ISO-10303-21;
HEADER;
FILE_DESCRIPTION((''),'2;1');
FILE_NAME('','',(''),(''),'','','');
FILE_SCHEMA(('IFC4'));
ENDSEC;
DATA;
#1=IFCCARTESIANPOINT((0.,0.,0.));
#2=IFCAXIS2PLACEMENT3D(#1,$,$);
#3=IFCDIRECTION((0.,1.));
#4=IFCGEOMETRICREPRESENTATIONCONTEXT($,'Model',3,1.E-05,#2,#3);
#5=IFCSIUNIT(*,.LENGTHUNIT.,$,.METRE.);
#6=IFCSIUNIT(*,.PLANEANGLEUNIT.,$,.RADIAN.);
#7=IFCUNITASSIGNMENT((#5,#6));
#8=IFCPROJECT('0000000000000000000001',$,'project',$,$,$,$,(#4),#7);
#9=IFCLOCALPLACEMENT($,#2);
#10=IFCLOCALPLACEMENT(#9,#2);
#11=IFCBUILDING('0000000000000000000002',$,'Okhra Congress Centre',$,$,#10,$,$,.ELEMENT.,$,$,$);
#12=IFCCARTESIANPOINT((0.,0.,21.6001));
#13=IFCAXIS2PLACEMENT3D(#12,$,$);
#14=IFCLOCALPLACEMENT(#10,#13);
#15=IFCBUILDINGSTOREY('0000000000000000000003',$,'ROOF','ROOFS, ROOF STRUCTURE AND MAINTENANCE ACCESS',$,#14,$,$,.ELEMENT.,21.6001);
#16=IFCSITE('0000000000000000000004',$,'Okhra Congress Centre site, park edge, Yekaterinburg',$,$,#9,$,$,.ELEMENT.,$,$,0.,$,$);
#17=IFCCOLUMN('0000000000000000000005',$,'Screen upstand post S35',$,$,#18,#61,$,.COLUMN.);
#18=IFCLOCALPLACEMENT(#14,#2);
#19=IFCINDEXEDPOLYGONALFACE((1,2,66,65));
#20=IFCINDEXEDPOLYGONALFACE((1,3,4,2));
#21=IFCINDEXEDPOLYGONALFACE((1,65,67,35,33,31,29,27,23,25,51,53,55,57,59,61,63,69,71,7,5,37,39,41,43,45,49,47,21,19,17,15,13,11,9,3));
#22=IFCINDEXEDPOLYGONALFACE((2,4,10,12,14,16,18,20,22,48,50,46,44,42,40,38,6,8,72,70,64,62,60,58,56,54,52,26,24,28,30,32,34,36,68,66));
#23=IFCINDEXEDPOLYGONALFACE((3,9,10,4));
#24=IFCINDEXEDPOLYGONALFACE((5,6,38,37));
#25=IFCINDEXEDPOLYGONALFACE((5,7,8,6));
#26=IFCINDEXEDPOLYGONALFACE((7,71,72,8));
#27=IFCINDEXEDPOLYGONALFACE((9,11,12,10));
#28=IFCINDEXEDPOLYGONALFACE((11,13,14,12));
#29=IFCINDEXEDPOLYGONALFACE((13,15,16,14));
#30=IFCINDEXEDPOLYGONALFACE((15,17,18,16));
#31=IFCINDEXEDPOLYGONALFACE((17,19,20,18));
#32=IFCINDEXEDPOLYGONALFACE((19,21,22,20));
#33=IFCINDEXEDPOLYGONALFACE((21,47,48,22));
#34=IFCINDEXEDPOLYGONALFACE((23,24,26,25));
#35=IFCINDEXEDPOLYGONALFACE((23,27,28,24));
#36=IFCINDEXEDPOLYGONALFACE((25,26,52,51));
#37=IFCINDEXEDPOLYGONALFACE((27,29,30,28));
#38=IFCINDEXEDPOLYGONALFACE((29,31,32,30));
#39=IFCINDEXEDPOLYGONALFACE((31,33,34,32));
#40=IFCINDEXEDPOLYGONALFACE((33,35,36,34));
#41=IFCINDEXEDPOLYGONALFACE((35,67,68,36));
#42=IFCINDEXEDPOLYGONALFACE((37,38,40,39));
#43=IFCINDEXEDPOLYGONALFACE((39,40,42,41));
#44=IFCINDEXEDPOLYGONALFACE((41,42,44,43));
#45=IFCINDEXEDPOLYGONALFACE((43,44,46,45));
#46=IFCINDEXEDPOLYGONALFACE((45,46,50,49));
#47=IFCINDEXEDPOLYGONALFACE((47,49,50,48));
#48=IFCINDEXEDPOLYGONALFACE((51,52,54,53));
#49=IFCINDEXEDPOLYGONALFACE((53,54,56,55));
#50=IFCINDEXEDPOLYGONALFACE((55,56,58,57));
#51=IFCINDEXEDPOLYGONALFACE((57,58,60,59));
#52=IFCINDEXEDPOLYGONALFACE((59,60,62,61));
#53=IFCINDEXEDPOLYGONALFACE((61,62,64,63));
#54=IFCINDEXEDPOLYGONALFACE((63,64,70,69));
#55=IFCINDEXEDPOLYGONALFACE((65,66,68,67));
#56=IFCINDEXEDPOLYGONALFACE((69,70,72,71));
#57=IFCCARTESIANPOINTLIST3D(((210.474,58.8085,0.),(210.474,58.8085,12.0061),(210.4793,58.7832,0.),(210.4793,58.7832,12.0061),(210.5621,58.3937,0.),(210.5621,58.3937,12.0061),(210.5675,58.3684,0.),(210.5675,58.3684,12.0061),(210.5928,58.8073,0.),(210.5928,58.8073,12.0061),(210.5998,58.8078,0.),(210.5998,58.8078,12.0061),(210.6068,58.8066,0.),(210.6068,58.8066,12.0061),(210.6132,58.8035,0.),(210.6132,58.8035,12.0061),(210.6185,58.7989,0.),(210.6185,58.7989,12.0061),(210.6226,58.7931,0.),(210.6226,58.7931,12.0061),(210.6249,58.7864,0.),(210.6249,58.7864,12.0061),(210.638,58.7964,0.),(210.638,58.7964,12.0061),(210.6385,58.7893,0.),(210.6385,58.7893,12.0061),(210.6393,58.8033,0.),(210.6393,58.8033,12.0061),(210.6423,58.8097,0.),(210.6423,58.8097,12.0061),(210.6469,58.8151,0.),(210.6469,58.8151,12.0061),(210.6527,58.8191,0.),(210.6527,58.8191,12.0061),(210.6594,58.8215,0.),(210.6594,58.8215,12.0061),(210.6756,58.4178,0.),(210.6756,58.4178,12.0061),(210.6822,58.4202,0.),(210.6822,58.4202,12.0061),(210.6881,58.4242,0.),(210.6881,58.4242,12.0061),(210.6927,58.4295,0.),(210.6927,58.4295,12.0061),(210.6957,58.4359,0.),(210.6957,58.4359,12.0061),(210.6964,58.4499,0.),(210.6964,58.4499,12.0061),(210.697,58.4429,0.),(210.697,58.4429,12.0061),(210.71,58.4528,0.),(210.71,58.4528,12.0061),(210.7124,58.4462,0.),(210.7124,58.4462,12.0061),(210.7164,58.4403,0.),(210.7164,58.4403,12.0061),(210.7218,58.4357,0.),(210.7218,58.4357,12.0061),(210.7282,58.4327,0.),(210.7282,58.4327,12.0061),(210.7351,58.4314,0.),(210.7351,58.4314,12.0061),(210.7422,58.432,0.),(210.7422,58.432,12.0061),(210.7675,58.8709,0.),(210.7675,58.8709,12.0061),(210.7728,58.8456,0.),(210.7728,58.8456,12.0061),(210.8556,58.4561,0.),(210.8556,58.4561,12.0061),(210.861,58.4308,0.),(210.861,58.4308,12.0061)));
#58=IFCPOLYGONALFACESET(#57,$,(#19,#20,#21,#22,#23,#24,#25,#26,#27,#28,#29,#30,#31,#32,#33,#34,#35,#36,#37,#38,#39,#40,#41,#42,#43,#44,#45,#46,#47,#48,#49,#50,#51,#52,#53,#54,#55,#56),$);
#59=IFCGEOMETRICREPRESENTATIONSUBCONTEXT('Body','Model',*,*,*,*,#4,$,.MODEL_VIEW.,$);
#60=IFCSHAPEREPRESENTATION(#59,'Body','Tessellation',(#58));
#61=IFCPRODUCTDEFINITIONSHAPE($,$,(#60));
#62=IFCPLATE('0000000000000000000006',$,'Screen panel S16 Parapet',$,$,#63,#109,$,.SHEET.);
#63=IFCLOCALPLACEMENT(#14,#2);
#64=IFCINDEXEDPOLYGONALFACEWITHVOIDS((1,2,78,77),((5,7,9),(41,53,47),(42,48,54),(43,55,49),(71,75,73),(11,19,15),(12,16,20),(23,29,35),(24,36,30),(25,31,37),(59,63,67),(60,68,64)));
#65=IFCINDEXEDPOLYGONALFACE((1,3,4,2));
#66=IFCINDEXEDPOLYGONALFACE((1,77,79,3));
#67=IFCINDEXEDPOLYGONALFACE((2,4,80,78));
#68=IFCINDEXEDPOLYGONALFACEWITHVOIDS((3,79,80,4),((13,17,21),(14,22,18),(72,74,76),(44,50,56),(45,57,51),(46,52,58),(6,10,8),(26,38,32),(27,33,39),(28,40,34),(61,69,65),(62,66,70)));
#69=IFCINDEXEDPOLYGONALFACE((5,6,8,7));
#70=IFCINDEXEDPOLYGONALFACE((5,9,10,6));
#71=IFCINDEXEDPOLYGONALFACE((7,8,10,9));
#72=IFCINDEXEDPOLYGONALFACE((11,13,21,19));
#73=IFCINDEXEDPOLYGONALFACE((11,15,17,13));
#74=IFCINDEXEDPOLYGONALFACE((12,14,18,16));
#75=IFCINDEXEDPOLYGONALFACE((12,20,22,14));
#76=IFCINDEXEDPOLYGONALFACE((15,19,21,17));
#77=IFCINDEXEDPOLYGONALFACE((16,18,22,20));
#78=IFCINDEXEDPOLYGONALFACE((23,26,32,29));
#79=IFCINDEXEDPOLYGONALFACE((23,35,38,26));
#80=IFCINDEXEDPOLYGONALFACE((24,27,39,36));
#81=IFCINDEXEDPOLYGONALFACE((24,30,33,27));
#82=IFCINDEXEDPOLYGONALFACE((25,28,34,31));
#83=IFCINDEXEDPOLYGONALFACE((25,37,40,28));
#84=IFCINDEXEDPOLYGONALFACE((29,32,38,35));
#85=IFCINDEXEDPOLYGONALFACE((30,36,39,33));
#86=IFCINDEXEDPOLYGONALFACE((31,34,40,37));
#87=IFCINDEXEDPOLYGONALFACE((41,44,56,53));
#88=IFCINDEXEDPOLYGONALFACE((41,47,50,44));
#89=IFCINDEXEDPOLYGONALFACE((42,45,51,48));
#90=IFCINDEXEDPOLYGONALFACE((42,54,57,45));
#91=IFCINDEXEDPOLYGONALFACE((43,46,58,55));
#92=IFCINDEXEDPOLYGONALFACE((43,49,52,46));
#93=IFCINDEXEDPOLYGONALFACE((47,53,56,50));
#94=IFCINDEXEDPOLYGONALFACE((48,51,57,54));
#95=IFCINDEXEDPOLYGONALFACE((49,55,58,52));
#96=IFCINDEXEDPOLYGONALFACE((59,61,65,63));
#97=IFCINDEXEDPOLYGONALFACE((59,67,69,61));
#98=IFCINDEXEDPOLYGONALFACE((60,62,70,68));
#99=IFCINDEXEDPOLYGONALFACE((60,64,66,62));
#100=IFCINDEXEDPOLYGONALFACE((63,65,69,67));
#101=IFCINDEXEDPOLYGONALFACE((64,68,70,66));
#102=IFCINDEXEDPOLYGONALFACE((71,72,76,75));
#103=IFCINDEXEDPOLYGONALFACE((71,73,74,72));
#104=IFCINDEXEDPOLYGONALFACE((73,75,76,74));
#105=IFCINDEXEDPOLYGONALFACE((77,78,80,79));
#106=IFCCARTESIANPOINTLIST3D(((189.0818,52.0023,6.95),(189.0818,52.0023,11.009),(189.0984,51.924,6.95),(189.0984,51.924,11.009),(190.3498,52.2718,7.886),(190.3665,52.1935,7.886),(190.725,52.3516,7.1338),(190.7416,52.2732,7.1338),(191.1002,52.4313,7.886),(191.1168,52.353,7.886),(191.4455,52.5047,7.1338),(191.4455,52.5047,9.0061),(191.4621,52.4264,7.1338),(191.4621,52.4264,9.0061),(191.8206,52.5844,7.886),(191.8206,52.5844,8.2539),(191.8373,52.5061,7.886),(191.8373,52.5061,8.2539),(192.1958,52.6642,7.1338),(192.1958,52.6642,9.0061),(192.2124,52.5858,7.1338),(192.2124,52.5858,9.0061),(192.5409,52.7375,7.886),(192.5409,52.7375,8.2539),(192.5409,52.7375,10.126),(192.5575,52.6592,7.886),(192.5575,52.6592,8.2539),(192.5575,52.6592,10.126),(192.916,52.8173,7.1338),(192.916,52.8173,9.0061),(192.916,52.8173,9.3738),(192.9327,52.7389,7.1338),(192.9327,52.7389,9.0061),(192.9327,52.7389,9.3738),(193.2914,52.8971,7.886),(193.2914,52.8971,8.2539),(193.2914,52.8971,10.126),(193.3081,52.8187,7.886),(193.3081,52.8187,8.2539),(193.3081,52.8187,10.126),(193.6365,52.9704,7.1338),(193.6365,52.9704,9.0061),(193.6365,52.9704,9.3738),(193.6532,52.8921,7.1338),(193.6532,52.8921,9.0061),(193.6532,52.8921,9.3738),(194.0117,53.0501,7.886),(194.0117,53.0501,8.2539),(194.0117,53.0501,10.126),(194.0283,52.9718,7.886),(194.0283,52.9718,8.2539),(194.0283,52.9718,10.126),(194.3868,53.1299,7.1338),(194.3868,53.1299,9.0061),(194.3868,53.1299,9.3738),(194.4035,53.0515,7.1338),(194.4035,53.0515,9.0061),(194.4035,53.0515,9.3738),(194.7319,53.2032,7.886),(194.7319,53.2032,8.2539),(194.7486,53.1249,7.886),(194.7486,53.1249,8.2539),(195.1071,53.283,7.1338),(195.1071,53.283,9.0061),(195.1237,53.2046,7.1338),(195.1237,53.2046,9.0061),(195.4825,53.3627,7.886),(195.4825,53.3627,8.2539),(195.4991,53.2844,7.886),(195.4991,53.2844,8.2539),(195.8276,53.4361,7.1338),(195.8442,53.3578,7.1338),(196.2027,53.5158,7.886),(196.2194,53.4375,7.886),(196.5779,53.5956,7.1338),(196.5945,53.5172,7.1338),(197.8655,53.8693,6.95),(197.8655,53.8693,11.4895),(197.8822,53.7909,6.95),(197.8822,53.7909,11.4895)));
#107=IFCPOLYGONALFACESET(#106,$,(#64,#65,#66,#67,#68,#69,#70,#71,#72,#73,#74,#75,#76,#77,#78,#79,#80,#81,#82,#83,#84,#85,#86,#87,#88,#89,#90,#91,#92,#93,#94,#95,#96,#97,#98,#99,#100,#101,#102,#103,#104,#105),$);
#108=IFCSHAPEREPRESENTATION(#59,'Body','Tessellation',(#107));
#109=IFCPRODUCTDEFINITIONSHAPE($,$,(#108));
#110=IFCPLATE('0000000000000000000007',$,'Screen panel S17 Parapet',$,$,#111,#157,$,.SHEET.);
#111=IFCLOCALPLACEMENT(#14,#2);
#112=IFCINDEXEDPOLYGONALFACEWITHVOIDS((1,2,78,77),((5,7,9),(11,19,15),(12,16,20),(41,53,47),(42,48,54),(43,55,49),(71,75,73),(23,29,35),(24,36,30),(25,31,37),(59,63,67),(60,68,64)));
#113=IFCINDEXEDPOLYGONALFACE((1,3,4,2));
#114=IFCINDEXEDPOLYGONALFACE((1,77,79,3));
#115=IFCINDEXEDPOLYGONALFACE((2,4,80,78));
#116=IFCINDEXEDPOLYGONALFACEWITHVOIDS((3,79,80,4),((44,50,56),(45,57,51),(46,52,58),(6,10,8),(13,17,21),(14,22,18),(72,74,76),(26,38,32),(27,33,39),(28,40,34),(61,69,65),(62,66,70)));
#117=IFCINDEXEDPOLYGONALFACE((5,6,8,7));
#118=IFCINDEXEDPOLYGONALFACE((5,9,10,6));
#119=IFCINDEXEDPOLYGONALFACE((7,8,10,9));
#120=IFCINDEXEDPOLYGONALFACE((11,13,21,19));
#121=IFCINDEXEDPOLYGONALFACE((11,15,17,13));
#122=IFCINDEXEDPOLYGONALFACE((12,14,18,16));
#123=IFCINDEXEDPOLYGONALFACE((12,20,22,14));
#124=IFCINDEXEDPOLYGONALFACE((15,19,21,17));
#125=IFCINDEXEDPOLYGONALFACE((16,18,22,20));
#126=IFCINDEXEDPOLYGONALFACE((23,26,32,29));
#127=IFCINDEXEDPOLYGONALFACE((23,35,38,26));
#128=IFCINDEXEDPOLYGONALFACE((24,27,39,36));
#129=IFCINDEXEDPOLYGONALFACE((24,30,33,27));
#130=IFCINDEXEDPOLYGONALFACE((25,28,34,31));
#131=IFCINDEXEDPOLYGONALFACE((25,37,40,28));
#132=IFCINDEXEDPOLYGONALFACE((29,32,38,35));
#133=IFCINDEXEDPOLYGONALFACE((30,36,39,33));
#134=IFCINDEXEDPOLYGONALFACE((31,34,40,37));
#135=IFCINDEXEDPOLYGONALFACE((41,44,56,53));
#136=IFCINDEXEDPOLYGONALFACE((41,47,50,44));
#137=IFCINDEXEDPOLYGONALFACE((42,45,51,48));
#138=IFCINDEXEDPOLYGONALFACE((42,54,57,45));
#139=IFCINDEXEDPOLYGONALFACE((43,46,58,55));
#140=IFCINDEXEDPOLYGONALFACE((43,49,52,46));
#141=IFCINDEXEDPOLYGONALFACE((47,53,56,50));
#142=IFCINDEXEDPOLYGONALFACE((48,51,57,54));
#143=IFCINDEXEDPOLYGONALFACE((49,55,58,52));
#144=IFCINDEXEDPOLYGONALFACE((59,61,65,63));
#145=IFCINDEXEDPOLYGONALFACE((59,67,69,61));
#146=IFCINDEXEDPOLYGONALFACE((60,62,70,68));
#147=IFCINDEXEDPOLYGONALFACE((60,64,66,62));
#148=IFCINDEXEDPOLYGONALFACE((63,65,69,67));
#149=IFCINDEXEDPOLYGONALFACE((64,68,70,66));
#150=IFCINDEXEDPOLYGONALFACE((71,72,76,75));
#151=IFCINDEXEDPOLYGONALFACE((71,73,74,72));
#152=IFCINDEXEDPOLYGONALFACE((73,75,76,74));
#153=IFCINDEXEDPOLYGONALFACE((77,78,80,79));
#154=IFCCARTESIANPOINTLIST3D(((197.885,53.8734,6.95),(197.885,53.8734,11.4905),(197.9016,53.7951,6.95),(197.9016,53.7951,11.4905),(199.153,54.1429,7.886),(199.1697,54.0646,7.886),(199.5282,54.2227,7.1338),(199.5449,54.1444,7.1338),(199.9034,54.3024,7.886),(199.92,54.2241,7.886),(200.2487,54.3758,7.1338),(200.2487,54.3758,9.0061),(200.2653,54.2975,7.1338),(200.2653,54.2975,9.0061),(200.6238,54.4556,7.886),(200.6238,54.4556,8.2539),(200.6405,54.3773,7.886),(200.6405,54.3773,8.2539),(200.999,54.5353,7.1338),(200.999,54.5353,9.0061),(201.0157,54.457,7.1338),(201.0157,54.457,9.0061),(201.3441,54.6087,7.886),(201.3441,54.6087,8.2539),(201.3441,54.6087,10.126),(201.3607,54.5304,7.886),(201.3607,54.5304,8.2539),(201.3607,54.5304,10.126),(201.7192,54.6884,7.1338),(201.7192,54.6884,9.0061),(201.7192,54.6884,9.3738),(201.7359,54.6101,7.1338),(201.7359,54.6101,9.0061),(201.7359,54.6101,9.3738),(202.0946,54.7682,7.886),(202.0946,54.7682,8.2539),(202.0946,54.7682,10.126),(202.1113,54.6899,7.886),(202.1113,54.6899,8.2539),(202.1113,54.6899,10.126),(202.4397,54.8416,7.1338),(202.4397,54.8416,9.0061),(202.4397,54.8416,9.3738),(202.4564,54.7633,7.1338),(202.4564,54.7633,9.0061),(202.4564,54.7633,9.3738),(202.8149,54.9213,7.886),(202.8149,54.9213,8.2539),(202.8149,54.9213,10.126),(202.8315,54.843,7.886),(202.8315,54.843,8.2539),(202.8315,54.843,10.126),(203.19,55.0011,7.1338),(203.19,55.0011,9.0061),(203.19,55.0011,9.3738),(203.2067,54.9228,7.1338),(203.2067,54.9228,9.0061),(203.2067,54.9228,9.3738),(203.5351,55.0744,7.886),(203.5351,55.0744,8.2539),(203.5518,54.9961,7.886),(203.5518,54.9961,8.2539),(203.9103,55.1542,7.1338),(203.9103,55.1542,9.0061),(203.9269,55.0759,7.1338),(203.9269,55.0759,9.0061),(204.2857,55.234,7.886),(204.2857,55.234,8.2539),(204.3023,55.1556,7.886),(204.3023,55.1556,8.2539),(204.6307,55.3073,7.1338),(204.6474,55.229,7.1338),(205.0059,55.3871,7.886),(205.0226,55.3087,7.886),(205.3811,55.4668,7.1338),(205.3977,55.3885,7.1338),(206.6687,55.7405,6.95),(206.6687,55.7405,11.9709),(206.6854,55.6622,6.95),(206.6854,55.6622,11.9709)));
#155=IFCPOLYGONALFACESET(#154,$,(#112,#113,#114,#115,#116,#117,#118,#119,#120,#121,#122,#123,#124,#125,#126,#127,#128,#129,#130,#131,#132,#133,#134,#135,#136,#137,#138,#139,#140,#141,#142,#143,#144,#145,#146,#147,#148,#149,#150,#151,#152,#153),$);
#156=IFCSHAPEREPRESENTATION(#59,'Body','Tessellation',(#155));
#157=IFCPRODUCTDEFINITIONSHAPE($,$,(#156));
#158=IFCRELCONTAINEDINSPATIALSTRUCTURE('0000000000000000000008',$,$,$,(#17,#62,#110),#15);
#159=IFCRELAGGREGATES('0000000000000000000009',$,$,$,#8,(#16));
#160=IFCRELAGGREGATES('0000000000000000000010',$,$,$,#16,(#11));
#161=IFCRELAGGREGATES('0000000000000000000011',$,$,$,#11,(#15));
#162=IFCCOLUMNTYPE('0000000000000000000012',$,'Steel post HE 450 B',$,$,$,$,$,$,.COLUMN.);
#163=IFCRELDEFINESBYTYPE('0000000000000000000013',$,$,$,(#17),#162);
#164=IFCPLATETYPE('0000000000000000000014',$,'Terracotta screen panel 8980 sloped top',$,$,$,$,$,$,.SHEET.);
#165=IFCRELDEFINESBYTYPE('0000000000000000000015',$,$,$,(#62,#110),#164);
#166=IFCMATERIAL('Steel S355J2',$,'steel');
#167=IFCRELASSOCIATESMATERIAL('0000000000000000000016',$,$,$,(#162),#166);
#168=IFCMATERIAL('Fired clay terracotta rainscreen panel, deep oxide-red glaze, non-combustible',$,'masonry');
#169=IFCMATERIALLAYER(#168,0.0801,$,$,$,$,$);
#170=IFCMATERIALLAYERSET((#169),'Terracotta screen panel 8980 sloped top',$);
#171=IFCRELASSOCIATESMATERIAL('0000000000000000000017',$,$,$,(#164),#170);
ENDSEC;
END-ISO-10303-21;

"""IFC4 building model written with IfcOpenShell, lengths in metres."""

from ifc_helpers import new_model, si_unit, direction, frame, origin, origin_2d, place, context, subcontext, project, spatial, polyline, i_section, outline, extrude, material, layer, layer_set, material_profile, profile_set, type_object, element, save


model = new_model("IFC4")

# Units and contexts
model_context = context("Model", 3, precision=1e-05, world=origin(), true_north=direction((0.0, 1.0)))
body_context = subcontext(model_context, "Body", "Model", "MODEL_VIEW")
ifc_project = project(units=[si_unit("LENGTHUNIT", "METRE"), si_unit("PLANEANGLEUNIT", "RADIAN")], contexts=[model_context])

# Site, building, storey
site_placement = place(None, origin())
site = spatial("IfcSite", under=ifc_project, at=site_placement, Name="Okhra Congress Centre site, park edge, Yekaterinburg", CompositionType="ELEMENT", RefElevation=0.0)
building_placement = place(site_placement, origin())
building = spatial("IfcBuilding", under=site, at=building_placement, Name="Okhra Congress Centre", CompositionType="ELEMENT")
storey_placement = place(building_placement, frame((0.0, 0.0, 21.6001)))
storey = spatial("IfcBuildingStorey", under=building, at=storey_placement, Name="ROOF", Description="ROOFS, ROOF STRUCTURE AND MAINTENANCE ACCESS", CompositionType="ELEMENT", Elevation=21.6001)

# Column
ifc_material_1 = material(Name="Steel S355J2", Category="steel")
ifc_material_profile_1 = material_profile(ifc_material_1, i_section(OverallWidth=0.3, OverallDepth=0.45, WebThickness=0.0139, FlangeThickness=0.0259, FilletRadius=0.0271, at=origin_2d()), Name="HE 450 B")
ifc_profile_set_1 = profile_set([ifc_material_profile_1], Name="Steel S355J2")
column_type = type_object("IfcColumnType", Name="Steel post HE 450 B", PredefinedType="COLUMN", material=ifc_profile_set_1)
column_1_placement = place(storey_placement, frame((210.6675, 58.6196, 0.0), z_axis=(0.0, 0.0, 1.0), x_axis=(0.978148, 0.207912, 0.0)))
element("IfcColumn", 1, at=column_1_placement, inside=storey, type_object=column_type, Name="Screen upstand post S35", PredefinedType="COLUMN", context=body_context, shape_type="SweptSolid", body=[
    extrude(i_section(OverallWidth=0.3, OverallDepth=0.45, WebThickness=0.0139, FlangeThickness=0.0259, FilletRadius=0.0271, at=origin_2d()), origin(), (0.0, 0.0, 1.0), 12.0061),
])

# Plates
ifc_material_2 = material(Name="Fired clay terracotta rainscreen panel, deep oxide-red glaze, non-combustible", Category="masonry")
ifc_layer_1 = layer(ifc_material_2, 0.0801)
ifc_layer_set_1 = layer_set([ifc_layer_1], Name="Terracotta screen panel 8980 sloped top")
plate_type_1 = type_object("IfcPlateType", Name="Terracotta screen panel 8980 sloped top", PredefinedType="SHEET", material=ifc_layer_set_1)
plate_1_placement = place(storey_placement, frame((189.0901, 51.9631, 6.95), z_axis=(0.0, 0.0, 1.0), x_axis=(0.97815, 0.207902, 0.0)))
element("IfcPlate", 2, at=plate_1_placement, inside=storey, type_object=plate_type_1, Name="Screen panel S16 Parapet", PredefinedType="SHEET", context=body_context, shape_type="SweptSolid", body=[
    extrude(outline(polyline([(0.0, 0.0), (8.98, 0.0), (8.98, 4.5396), (0.0, 4.0591), (0.0, 0.0)]), holes=[polyline([(1.2964, 0.936), (1.6799, 0.1838), (2.0635, 0.936), (1.2964, 0.936)]), polyline([(2.4165, 0.1838), (3.1836, 0.1838), (2.8, 0.936), (2.4165, 0.1838)]), polyline([(3.5364, 0.936), (3.9199, 0.1838), (4.3037, 0.936), (3.5364, 0.936)]), polyline([(4.6565, 0.1838), (5.4236, 0.1838), (5.04, 0.936), (4.6565, 0.1838)]), polyline([(5.7764, 0.936), (6.1599, 0.1838), (6.5437, 0.936), (5.7764, 0.936)]), polyline([(6.8965, 0.1838), (7.6636, 0.1838), (7.28, 0.936), (6.8965, 0.1838)]), polyline([(2.4165, 2.0562), (2.8, 1.304), (3.1836, 2.0562), (2.4165, 2.0562)]), polyline([(3.5364, 1.304), (4.3037, 1.304), (3.9199, 2.0562), (3.5364, 1.304)]), polyline([(4.6565, 2.0562), (5.04, 1.304), (5.4236, 2.0562), (4.6565, 2.0562)]), polyline([(5.7764, 1.304), (6.5437, 1.304), (6.1599, 2.0562), (5.7764, 1.304)]), polyline([(3.5364, 3.176), (3.9199, 2.4238), (4.3037, 3.176), (3.5364, 3.176)]), polyline([(4.6565, 2.4238), (5.4236, 2.4238), (5.04, 3.176), (4.6565, 2.4238)])]), frame((0.0, 0.04, 0.0), z_axis=(0.0, -1.0, 0.0), x_axis=(1.0, 0.0, 0.0)), (0.0, 0.0, 1.0), 0.0801),
])
plate_2_placement = place(storey_placement, frame((197.8933, 53.8342, 6.95), z_axis=(0.0, 0.0, 1.0), x_axis=(0.978145, 0.207923, 0.0)))
element("IfcPlate", 3, at=plate_2_placement, inside=storey, type_object=plate_type_1, Name="Screen panel S17 Parapet", PredefinedType="SHEET", context=body_context, shape_type="SweptSolid", body=[
    extrude(outline(polyline([(0.0, 0.0), (8.98, 0.0), (8.98, 5.021), (0.0, 4.5405), (0.0, 0.0)]), holes=[polyline([(1.2964, 0.936), (1.6799, 0.1838), (2.0635, 0.936), (1.2964, 0.936)]), polyline([(2.4165, 0.1838), (3.1836, 0.1838), (2.8, 0.936), (2.4165, 0.1838)]), polyline([(3.5364, 0.936), (3.9199, 0.1838), (4.3037, 0.936), (3.5364, 0.936)]), polyline([(4.6565, 0.1838), (5.4236, 0.1838), (5.04, 0.936), (4.6565, 0.1838)]), polyline([(5.7764, 0.936), (6.1599, 0.1838), (6.5437, 0.936), (5.7764, 0.936)]), polyline([(6.8965, 0.1838), (7.6636, 0.1838), (7.28, 0.936), (6.8965, 0.1838)]), polyline([(2.4165, 2.0562), (2.8, 1.304), (3.1836, 2.0562), (2.4165, 2.0562)]), polyline([(3.5364, 1.304), (4.3037, 1.304), (3.9199, 2.0562), (3.5364, 1.304)]), polyline([(4.6565, 2.0562), (5.04, 1.304), (5.4236, 2.0562), (4.6565, 2.0562)]), polyline([(5.7764, 1.304), (6.5437, 1.304), (6.1599, 2.0562), (5.7764, 1.304)]), polyline([(3.5364, 3.176), (3.9199, 2.4238), (4.3037, 3.176), (3.5364, 3.176)]), polyline([(4.6565, 2.4238), (5.4236, 2.4238), (5.04, 3.176), (4.6565, 2.4238)])]), frame((0.0, 0.04, 0.0), z_axis=(0.0, -1.0, 0.0), x_axis=(1.0, 0.0, 0.0)), (0.0, 0.0, 1.0), 0.0801),
])

save(model, "model.ifc")
